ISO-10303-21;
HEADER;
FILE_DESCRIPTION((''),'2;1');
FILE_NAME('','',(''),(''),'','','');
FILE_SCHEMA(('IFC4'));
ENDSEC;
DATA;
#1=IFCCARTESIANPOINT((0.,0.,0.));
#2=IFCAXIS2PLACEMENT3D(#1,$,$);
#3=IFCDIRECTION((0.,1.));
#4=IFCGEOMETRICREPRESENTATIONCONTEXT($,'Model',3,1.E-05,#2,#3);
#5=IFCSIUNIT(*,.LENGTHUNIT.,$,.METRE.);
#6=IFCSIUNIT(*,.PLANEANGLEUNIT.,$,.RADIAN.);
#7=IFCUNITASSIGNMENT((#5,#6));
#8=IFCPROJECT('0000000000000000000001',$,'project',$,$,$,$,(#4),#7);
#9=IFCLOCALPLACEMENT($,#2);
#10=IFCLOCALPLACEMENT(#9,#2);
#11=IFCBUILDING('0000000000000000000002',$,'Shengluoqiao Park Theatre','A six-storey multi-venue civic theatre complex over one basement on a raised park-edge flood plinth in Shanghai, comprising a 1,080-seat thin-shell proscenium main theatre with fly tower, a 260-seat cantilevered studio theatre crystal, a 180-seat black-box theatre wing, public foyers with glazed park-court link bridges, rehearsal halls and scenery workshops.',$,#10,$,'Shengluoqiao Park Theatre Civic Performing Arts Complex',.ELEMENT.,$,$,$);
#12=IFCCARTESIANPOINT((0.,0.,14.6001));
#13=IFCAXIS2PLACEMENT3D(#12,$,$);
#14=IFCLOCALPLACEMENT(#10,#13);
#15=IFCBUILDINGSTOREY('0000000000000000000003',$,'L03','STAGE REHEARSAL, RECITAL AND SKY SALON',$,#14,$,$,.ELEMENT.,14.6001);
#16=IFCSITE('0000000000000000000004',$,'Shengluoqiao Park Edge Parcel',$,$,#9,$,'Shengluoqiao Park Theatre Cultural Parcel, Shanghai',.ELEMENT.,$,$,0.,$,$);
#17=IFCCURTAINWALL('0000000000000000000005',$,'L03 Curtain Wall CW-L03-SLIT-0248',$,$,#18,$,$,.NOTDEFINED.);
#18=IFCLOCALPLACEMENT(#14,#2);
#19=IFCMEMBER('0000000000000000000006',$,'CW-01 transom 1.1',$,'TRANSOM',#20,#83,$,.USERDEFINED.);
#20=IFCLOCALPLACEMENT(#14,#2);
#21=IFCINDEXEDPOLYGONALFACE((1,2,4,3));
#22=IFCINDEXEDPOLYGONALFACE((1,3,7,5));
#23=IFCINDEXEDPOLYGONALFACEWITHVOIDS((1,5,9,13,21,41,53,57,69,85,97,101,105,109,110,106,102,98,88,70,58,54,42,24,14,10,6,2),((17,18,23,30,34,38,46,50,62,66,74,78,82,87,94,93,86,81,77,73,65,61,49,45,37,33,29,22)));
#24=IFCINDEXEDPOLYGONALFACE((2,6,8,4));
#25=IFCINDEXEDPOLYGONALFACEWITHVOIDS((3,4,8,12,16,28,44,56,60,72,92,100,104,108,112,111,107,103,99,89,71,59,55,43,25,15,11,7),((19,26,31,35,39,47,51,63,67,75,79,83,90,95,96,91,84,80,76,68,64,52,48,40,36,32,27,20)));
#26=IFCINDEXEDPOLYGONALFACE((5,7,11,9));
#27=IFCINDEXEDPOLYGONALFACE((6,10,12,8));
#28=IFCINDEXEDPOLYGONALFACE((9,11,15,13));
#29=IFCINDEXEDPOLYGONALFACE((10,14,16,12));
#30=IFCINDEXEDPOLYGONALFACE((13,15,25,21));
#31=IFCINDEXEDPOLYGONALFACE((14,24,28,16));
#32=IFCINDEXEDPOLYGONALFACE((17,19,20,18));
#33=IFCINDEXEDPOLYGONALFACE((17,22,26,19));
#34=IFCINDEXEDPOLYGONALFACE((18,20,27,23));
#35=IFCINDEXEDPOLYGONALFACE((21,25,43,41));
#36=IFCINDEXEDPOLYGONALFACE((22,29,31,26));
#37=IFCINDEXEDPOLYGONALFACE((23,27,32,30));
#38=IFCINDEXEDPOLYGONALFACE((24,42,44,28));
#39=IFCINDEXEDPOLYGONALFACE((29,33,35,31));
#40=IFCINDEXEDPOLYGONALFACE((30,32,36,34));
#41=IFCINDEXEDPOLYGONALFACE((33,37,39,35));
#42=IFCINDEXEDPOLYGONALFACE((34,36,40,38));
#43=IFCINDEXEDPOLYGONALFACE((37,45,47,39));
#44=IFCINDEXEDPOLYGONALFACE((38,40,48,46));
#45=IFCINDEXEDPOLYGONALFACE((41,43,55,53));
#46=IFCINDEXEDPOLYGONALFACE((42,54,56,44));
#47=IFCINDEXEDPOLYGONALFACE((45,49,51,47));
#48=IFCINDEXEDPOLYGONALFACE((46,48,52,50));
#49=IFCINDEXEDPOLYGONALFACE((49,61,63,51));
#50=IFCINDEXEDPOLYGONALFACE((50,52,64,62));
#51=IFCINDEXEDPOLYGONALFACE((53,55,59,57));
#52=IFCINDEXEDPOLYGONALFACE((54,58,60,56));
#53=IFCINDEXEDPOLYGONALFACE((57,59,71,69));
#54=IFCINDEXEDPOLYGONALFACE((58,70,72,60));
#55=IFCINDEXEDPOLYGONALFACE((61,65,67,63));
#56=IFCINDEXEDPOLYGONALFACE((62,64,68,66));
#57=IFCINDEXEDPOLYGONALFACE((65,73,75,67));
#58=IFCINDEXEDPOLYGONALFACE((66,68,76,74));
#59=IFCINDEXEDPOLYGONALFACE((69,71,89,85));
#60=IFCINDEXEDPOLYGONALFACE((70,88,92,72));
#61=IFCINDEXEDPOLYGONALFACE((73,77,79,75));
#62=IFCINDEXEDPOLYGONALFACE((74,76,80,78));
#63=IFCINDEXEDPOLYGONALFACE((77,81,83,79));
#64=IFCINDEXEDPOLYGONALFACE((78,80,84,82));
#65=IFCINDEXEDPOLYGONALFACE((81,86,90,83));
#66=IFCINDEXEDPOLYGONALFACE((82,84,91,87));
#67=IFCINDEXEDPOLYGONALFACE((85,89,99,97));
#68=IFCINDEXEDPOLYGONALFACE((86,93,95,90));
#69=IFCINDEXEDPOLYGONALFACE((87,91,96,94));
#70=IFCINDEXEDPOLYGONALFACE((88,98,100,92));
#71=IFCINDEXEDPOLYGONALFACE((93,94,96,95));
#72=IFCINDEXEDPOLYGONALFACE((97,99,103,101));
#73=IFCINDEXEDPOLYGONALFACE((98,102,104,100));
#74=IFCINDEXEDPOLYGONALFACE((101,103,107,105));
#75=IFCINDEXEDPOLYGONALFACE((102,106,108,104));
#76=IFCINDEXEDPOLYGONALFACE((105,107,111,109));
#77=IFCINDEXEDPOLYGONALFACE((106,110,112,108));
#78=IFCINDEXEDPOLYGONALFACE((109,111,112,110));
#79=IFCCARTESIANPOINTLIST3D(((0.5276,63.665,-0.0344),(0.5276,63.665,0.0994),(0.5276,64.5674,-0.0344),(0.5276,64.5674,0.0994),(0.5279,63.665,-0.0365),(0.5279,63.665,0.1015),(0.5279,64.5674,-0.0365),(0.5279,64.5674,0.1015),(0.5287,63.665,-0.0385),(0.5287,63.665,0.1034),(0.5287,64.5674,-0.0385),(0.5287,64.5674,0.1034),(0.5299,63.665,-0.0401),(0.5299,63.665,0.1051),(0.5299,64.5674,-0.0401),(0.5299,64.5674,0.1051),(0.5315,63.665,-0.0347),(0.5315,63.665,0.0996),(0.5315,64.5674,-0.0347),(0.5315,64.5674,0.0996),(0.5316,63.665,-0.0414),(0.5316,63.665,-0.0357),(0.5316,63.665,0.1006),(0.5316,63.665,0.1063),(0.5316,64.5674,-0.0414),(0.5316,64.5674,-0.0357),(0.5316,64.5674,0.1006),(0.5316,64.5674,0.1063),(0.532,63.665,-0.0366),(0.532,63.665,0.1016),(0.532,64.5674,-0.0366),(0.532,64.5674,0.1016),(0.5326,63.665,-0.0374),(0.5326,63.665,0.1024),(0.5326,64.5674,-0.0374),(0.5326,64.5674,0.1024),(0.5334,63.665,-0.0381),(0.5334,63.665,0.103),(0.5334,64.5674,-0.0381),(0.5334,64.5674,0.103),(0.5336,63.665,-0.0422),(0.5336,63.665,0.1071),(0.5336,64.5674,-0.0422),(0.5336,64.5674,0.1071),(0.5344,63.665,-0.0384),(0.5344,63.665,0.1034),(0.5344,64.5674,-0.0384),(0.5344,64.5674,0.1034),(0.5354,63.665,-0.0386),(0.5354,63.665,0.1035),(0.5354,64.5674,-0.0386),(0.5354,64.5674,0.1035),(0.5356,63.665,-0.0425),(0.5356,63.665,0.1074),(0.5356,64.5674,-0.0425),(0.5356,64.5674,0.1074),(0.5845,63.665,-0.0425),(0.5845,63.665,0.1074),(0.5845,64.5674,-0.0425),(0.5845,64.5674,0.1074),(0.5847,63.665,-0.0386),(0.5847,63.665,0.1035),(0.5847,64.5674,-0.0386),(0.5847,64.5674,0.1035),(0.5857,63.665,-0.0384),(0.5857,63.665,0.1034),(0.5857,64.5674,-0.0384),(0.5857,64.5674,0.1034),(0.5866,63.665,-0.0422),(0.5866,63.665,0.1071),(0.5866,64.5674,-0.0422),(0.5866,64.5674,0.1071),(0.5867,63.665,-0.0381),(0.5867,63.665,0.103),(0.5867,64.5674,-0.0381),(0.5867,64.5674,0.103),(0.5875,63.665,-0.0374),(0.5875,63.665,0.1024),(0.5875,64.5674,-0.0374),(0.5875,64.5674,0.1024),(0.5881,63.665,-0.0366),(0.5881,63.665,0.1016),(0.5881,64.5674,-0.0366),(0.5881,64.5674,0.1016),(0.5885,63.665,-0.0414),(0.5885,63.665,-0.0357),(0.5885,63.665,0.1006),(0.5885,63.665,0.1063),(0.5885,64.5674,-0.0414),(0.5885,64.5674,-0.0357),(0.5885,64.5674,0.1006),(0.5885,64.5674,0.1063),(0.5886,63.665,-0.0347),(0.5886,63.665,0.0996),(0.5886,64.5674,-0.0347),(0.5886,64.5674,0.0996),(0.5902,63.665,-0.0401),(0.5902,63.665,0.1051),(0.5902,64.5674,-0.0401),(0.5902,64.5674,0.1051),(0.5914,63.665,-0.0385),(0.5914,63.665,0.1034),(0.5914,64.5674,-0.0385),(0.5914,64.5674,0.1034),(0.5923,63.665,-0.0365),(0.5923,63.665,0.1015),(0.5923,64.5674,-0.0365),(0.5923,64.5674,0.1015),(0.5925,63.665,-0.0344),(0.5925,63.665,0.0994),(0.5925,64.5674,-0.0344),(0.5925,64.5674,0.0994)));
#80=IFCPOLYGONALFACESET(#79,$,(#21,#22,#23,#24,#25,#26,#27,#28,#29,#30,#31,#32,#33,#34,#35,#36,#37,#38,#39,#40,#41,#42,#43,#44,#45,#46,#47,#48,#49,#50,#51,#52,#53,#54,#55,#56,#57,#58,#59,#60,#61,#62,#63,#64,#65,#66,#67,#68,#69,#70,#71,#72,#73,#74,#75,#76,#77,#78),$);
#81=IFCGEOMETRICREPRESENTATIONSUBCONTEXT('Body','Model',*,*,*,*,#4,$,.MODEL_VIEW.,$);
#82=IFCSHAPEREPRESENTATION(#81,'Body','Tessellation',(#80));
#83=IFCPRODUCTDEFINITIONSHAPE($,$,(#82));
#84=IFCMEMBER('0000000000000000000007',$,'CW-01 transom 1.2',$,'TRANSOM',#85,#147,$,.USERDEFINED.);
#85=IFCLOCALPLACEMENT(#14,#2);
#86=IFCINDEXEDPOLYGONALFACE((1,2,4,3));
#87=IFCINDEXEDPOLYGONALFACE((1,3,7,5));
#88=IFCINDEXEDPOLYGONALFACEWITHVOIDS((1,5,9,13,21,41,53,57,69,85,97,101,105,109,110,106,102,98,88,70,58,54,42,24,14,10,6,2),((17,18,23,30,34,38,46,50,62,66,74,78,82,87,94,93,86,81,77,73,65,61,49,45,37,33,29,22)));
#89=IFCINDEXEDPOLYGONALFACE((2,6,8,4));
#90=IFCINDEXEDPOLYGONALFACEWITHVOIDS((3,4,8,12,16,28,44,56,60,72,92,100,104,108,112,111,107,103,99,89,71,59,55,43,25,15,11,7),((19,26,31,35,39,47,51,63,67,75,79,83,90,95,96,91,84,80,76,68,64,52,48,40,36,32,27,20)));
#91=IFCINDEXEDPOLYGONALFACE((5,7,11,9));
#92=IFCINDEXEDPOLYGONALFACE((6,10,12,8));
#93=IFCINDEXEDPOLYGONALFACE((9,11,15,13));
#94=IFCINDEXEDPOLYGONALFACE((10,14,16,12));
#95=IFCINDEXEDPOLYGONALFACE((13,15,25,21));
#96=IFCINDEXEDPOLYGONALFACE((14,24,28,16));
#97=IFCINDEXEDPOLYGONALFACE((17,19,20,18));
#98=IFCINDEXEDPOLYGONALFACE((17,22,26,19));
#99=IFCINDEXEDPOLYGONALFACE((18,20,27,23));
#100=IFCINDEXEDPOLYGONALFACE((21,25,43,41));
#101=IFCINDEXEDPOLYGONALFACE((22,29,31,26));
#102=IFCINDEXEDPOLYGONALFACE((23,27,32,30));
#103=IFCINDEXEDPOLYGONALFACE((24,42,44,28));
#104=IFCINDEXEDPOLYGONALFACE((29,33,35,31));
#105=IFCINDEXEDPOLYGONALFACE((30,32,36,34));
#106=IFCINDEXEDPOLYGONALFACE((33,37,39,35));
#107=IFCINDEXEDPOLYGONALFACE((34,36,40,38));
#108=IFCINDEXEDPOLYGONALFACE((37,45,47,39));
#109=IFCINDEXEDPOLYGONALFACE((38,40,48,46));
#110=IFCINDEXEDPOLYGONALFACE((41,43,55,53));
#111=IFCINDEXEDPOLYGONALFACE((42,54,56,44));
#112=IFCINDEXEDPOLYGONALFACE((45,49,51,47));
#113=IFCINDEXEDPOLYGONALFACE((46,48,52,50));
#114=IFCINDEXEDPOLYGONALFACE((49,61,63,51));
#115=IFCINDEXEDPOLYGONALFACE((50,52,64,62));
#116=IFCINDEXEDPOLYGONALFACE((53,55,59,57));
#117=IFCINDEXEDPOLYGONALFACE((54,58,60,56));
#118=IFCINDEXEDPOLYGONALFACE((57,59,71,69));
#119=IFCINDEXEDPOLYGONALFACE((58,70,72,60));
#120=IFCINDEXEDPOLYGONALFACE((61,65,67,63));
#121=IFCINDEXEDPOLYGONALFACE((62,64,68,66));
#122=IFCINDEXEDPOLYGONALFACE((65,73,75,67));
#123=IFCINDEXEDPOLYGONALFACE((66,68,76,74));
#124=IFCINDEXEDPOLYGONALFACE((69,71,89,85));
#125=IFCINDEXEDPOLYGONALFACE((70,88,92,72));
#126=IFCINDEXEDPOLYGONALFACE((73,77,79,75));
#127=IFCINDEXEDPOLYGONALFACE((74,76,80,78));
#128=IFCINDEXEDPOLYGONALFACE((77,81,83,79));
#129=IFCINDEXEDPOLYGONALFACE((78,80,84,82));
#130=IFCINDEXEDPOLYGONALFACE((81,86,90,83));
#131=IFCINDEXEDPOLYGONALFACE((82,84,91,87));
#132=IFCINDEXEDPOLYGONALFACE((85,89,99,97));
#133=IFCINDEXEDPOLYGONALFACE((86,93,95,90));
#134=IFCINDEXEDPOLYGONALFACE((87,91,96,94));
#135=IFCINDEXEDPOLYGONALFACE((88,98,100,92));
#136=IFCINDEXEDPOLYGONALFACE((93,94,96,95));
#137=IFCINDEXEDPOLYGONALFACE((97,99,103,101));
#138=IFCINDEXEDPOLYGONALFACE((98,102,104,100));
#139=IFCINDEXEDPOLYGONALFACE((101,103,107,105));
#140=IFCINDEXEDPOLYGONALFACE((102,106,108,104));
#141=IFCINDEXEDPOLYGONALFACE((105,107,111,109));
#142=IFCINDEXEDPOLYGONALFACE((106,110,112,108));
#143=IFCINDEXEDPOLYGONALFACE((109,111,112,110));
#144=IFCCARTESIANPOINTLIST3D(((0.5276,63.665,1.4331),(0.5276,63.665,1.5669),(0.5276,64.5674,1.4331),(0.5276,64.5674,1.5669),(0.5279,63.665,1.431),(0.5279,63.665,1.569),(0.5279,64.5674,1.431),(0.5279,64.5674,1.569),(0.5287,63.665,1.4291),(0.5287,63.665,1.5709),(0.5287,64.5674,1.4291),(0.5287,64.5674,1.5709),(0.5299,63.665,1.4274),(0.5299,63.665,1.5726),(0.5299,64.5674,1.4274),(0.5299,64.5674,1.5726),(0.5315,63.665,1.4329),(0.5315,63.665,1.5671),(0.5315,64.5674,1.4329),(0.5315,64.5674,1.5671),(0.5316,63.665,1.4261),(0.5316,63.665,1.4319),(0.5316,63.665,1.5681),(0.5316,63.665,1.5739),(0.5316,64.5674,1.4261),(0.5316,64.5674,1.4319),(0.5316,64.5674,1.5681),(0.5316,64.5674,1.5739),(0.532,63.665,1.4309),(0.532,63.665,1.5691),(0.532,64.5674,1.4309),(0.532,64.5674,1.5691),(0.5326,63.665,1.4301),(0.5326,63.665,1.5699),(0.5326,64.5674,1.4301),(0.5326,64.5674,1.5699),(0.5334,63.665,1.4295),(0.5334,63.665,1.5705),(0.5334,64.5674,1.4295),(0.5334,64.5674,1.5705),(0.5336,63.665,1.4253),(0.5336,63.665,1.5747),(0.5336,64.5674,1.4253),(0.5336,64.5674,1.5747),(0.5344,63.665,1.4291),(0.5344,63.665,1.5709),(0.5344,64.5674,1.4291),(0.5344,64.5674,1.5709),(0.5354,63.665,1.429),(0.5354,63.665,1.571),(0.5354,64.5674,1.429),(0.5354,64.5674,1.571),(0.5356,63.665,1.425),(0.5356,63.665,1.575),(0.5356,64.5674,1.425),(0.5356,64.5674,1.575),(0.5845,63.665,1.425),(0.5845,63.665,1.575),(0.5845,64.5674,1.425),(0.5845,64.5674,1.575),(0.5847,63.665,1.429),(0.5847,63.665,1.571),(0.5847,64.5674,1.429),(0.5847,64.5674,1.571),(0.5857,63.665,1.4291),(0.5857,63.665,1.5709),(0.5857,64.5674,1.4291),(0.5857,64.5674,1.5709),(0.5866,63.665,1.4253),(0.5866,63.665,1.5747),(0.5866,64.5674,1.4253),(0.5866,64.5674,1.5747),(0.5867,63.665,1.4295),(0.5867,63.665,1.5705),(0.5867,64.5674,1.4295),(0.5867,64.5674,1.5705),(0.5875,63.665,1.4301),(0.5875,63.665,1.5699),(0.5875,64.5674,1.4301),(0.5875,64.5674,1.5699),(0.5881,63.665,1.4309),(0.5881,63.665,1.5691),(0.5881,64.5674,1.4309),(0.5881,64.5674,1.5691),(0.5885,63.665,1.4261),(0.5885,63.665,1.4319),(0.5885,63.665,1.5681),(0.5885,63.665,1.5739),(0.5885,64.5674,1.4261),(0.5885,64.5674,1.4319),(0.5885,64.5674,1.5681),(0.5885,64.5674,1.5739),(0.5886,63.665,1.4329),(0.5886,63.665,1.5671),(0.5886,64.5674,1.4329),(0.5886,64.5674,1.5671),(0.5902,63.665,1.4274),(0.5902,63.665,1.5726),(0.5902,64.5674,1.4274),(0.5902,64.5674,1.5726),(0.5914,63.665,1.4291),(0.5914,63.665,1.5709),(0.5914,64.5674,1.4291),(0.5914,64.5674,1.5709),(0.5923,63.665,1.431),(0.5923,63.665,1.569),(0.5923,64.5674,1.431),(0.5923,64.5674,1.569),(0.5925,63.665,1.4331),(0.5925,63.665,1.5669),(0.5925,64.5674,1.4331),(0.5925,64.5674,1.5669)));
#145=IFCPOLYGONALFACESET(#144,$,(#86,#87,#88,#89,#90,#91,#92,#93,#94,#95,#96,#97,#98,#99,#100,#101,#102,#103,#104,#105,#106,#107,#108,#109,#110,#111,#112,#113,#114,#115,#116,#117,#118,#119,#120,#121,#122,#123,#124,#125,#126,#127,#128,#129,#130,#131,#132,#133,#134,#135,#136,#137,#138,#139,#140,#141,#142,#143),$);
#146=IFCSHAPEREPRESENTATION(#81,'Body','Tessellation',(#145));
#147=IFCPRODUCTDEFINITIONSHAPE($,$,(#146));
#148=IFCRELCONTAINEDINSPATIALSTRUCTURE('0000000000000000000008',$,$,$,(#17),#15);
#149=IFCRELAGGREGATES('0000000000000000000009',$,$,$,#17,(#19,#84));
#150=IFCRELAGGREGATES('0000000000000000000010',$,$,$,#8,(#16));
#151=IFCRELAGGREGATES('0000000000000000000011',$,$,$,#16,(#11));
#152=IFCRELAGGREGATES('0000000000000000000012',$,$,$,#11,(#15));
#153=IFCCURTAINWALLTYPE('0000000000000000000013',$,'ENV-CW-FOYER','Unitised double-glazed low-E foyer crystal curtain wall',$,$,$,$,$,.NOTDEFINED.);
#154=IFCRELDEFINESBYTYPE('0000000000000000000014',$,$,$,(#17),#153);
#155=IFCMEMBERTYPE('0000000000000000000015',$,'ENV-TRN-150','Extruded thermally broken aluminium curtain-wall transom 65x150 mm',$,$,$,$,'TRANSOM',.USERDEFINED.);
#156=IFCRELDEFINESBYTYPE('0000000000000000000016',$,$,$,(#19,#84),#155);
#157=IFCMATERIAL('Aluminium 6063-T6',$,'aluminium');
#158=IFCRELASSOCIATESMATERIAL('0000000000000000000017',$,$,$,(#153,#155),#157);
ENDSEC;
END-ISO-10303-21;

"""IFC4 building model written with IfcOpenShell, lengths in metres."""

from ifc_helpers import new_model, si_unit, direction, frame, origin, origin_2d, place, context, subcontext, project, spatial, hollow_rectangle, extrude, material, material_profile, profile_set, type_object, element, aggregate, save


model = new_model("IFC4")

# Units and contexts
model_context = context("Model", 3, precision=1e-05, world=origin(), true_north=direction((0.0, 1.0)))
body_context = subcontext(model_context, "Body", "Model", "MODEL_VIEW")
ifc_project = project(units=[si_unit("LENGTHUNIT", "METRE"), si_unit("PLANEANGLEUNIT", "RADIAN")], contexts=[model_context])

# Site, building, storey
site_placement = place(None, origin())
site = spatial("IfcSite", under=ifc_project, at=site_placement, Name="Shengluoqiao Park Edge Parcel", LongName="Shengluoqiao Park Theatre Cultural Parcel, Shanghai", CompositionType="ELEMENT", RefElevation=0.0)
building_placement = place(site_placement, origin())
building = spatial("IfcBuilding", under=site, at=building_placement, Name="Shengluoqiao Park Theatre", Description="A six-storey multi-venue civic theatre complex over one basement on a raised park-edge flood plinth in Shanghai, comprising a 1,080-seat thin-shell proscenium main theatre with fly tower, a 260-seat cantilevered studio theatre crystal, a 180-seat black-box theatre wing, public foyers with glazed park-court link bridges, rehearsal halls and scenery workshops.", LongName="Shengluoqiao Park Theatre Civic Performing Arts Complex", CompositionType="ELEMENT")
storey_placement = place(building_placement, frame((0.0, 0.0, 14.6001)))
storey = spatial("IfcBuildingStorey", under=building, at=storey_placement, Name="L03", Description="STAGE REHEARSAL, RECITAL AND SKY SALON", CompositionType="ELEMENT", Elevation=14.6001)

# Curtain wall, members
ifc_material_1 = material(Name="Aluminium 6063-T6", Category="aluminium")
curtain_wall_type = type_object("IfcCurtainWallType", Name="ENV-CW-FOYER", Description="Unitised double-glazed low-E foyer crystal curtain wall", PredefinedType="NOTDEFINED", material=ifc_material_1)
curtain_wall_placement = place(storey_placement, origin())
curtain_wall = element("IfcCurtainWall", 1, at=curtain_wall_placement, inside=storey, type_object=curtain_wall_type, Name="L03 Curtain Wall CW-L03-SLIT-0248", PredefinedType="NOTDEFINED")
ifc_material_profile_1 = material_profile(ifc_material_1, hollow_rectangle(XDim=0.0649, YDim=0.1499, WallThickness=0.0039, InnerFilletRadius=0.0039, OuterFilletRadius=0.0081, at=origin_2d()), Name="ALU TRANSOM 150x65x4")
ifc_profile_set_1 = profile_set([ifc_material_profile_1], Name="Aluminium 6063-T6")
member_type_1 = type_object("IfcMemberType", Name="ENV-TRN-150", Description="Extruded thermally broken aluminium curtain-wall transom 65x150 mm", ElementType="TRANSOM", PredefinedType="USERDEFINED", material=ifc_profile_set_1)
member_1_placement = place(storey_placement, frame((0.5601, 63.665, 0.0325), z_axis=(0.0, 1.0, 0.0), x_axis=(-1.0, 0.0, 0.0)))
member_1 = element("IfcMember", 2, at=member_1_placement, type_object=member_type_1, Name="CW-01 transom 1.1", ObjectType="TRANSOM", PredefinedType="USERDEFINED", context=body_context, shape_type="SweptSolid", body=[
    extrude(hollow_rectangle(XDim=0.0649, YDim=0.1499, WallThickness=0.0039, InnerFilletRadius=0.0039, OuterFilletRadius=0.0081, at=origin_2d()), origin(), (0.0, 0.0, 1.0), 0.9023),
])
member_2_placement = place(storey_placement, frame((0.5601, 63.665, 1.5), z_axis=(0.0, 1.0, 0.0), x_axis=(-1.0, 0.0, 0.0)))
member_2 = element("IfcMember", 3, at=member_2_placement, type_object=member_type_1, Name="CW-01 transom 1.2", ObjectType="TRANSOM", PredefinedType="USERDEFINED", context=body_context, shape_type="SweptSolid", body=[
    extrude(hollow_rectangle(XDim=0.0649, YDim=0.1499, WallThickness=0.0039, InnerFilletRadius=0.0039, OuterFilletRadius=0.0081, at=origin_2d()), origin(), (0.0, 0.0, 1.0), 0.9023),
])

aggregate(curtain_wall, [member_1, member_2])

save(model, "model.ifc")
